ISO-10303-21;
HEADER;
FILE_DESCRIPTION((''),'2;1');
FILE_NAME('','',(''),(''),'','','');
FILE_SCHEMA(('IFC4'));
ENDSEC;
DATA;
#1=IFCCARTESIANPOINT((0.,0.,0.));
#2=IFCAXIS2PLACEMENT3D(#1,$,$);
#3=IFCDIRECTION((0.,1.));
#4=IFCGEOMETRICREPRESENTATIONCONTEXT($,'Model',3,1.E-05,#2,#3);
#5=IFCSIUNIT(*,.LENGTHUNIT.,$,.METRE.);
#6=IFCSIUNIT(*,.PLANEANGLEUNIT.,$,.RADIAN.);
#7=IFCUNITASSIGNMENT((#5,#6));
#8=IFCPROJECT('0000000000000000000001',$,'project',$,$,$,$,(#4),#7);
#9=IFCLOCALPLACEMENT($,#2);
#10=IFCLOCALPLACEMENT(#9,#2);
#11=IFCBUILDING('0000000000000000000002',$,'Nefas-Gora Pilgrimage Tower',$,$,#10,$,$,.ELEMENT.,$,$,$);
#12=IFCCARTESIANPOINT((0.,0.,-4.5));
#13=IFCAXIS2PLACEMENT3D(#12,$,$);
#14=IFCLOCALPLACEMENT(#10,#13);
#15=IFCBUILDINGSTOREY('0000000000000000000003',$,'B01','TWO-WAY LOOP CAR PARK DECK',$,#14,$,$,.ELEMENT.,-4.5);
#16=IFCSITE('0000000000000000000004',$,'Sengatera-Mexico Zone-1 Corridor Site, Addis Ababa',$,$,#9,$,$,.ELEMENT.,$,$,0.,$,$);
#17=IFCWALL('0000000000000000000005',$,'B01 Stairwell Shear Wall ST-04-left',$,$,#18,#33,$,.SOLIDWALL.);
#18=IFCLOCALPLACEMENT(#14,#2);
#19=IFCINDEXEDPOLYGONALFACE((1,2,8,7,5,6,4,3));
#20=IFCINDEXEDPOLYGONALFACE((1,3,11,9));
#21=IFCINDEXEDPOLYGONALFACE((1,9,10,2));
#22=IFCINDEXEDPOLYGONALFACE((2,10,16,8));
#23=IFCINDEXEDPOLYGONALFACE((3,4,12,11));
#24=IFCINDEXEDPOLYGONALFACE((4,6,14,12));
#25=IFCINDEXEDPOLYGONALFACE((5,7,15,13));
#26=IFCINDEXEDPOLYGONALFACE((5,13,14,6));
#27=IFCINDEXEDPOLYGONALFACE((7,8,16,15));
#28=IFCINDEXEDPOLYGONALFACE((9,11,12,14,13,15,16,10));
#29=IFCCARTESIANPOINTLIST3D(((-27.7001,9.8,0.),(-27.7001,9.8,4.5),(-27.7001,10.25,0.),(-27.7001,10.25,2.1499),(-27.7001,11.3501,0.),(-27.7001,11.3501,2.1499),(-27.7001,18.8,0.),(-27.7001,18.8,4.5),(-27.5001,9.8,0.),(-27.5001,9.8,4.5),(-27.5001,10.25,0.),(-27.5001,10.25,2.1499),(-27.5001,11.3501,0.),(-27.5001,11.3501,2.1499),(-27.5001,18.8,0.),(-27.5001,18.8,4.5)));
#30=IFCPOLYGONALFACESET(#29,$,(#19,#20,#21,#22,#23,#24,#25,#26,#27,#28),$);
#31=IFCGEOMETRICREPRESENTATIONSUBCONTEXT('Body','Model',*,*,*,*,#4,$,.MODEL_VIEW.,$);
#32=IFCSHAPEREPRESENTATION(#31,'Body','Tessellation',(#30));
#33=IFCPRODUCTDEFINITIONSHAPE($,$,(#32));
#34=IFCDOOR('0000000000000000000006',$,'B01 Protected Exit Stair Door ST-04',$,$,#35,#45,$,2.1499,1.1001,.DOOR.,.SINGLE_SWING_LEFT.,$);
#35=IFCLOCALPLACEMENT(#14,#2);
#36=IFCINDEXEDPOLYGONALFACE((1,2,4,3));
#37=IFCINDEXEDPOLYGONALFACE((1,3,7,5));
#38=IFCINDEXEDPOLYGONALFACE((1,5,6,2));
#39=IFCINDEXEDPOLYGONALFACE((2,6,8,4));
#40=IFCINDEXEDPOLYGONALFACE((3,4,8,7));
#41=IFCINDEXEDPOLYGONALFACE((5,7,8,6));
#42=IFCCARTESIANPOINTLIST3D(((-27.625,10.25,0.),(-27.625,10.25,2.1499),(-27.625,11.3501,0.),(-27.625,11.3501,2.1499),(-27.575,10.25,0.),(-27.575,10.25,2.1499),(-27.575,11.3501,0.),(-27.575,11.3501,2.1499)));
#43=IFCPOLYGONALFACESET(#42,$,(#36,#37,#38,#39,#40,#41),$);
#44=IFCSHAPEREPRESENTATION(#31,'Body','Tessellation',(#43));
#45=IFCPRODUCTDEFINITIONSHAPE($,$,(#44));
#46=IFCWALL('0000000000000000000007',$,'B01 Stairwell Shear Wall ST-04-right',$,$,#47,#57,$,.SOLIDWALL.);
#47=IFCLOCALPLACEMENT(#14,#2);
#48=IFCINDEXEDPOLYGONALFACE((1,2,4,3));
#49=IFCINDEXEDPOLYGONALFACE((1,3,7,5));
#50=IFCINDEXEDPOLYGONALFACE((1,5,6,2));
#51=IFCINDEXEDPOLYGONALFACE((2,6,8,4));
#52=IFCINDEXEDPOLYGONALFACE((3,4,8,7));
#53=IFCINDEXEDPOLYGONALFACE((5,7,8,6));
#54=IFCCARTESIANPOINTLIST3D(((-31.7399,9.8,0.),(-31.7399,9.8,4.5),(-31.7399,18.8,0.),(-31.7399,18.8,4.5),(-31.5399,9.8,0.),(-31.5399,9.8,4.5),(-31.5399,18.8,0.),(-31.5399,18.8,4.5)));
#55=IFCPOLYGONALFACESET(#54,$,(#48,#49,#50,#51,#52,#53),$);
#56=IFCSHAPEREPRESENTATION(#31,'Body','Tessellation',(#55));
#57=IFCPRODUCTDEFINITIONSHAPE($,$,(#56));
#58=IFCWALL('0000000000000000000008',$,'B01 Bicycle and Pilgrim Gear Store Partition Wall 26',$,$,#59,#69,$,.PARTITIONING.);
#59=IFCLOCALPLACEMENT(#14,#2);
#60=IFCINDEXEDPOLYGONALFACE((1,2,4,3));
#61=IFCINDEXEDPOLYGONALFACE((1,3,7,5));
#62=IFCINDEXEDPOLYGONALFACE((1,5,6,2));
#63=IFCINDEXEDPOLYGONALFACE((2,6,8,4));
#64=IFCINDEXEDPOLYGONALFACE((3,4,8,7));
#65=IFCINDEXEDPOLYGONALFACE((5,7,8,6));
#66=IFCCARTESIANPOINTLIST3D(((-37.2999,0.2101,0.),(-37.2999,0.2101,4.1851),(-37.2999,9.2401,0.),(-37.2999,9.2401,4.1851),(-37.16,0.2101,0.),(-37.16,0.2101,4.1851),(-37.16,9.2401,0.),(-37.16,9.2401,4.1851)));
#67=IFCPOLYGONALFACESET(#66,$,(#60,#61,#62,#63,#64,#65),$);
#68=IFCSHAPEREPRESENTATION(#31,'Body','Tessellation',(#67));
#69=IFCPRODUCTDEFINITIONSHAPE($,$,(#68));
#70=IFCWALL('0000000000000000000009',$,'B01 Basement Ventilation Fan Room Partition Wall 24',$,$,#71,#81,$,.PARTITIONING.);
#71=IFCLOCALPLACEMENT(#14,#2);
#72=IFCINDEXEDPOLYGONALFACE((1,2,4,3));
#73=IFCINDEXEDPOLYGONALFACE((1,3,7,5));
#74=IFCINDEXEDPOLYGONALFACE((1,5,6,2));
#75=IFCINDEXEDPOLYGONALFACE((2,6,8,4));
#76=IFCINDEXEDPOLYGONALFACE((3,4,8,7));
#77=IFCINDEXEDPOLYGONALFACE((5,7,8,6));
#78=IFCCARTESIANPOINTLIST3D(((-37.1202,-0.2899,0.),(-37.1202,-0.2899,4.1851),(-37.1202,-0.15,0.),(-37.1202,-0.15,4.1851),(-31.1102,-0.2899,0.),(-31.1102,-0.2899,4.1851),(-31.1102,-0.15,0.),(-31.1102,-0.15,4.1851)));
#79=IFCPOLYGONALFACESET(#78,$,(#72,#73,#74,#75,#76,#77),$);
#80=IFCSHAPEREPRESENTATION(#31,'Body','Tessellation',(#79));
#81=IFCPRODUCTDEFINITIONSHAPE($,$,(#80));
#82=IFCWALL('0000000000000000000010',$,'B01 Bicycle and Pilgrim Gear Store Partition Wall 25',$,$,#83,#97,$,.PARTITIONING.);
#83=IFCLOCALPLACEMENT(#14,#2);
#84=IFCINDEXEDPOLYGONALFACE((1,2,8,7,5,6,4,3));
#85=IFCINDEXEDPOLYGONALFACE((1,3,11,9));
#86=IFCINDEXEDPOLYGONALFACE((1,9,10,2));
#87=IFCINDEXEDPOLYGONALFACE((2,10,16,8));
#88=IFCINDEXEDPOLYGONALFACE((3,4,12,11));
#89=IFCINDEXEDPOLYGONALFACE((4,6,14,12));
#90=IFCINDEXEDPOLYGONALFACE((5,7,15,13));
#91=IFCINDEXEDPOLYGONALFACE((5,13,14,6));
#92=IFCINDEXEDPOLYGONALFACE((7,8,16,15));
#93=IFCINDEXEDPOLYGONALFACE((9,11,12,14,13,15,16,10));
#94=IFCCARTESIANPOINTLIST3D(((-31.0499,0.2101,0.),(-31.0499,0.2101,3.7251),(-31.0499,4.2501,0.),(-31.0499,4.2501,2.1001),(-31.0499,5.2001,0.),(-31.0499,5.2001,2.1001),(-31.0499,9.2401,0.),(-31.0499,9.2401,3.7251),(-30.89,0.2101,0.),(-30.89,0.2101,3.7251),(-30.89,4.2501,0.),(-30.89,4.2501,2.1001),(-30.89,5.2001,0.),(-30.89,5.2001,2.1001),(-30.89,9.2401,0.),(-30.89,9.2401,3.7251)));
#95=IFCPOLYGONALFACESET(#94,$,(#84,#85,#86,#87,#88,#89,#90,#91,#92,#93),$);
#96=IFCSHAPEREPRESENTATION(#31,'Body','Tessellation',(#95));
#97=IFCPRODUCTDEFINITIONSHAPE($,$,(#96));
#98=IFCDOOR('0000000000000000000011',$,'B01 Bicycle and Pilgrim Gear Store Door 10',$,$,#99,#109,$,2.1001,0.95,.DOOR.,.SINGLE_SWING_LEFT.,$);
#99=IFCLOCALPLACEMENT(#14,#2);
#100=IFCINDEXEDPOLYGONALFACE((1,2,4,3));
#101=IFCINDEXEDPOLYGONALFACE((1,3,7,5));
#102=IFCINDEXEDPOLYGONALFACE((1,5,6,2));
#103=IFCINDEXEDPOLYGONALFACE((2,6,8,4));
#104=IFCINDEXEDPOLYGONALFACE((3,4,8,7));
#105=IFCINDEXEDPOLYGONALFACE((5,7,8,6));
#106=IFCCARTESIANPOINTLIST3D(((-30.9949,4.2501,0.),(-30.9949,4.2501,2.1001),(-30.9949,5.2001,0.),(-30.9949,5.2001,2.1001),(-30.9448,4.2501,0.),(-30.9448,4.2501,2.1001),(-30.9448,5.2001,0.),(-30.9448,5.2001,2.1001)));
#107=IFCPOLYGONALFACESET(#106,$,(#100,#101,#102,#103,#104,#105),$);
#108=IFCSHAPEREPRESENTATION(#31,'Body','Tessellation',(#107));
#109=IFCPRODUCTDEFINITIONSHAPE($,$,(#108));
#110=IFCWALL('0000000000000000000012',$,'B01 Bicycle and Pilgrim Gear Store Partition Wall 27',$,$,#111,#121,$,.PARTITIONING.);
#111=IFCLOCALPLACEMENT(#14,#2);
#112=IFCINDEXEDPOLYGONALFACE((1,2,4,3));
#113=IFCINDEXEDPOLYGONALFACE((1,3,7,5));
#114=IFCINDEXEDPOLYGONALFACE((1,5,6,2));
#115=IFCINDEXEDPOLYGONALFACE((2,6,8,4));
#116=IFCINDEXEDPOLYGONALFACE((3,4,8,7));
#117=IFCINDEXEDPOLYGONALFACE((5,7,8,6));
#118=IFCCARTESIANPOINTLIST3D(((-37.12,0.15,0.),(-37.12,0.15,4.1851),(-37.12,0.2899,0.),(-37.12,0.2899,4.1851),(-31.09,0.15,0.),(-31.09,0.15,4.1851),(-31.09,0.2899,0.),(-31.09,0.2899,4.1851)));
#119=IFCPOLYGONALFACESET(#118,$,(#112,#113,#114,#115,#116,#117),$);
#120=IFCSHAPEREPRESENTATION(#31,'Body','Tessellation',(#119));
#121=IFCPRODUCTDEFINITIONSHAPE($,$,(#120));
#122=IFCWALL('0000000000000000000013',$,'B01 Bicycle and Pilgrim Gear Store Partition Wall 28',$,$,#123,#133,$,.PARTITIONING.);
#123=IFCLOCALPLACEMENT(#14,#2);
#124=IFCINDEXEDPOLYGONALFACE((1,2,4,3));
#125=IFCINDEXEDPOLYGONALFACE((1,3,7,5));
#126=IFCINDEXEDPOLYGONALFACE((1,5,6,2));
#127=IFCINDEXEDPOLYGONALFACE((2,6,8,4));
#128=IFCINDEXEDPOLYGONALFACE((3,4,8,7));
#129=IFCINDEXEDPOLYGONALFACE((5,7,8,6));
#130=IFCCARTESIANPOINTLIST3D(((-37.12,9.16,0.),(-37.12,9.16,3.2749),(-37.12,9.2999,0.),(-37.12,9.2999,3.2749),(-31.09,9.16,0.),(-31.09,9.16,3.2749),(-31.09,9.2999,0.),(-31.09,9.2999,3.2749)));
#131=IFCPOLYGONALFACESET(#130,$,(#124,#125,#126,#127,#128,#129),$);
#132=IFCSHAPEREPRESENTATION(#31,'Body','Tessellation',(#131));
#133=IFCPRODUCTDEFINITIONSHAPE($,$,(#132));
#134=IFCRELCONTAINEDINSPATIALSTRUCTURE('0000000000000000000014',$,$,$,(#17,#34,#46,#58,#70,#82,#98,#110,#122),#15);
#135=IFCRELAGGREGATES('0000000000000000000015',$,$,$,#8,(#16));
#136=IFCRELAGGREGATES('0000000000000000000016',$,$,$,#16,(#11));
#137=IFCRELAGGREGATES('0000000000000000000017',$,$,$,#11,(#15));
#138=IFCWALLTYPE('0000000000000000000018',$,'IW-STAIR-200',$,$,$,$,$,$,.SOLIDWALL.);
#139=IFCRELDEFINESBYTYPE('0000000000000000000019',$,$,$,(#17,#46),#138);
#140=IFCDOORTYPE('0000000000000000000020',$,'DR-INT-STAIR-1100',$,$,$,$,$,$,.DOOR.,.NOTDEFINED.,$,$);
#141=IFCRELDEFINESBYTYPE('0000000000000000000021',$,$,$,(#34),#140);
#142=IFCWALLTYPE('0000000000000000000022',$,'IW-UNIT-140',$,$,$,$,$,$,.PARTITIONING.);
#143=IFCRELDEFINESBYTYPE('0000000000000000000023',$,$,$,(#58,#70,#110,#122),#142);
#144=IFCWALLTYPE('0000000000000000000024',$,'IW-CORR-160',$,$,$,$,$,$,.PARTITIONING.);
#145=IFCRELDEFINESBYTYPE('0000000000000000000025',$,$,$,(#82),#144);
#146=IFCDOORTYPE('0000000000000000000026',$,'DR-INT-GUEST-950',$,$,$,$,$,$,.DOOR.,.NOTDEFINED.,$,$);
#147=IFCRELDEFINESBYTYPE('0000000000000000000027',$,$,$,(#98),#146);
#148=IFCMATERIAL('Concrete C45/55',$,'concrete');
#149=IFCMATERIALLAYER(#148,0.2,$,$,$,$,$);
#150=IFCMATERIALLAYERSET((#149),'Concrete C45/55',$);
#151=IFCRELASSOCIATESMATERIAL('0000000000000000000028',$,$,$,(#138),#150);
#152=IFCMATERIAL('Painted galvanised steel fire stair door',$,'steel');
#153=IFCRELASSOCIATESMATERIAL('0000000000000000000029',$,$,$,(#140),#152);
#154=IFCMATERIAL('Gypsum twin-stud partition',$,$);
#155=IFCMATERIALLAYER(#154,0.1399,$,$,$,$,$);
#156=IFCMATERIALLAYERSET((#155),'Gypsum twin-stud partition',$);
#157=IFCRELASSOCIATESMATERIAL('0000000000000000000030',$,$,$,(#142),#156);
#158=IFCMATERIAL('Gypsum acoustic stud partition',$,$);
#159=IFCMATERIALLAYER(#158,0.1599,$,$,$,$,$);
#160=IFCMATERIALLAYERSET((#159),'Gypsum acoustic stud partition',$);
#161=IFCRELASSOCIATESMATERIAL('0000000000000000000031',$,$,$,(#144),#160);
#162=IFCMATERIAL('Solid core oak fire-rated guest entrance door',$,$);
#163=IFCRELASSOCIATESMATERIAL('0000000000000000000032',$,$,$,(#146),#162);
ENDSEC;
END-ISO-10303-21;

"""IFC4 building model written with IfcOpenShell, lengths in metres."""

from ifc_helpers import new_model, si_unit, direction, frame, frame_2d, origin, place, context, subcontext, project, spatial, rectangle, extrude, source, transform, mapped, material, layer, layer_set, type_object, element, fill, save


model = new_model("IFC4")

# Units and contexts
model_context = context("Model", 3, precision=1e-05, world=origin(), true_north=direction((0.0, 1.0)))
body_context = subcontext(model_context, "Body", "Model", "MODEL_VIEW")
ifc_project = project(units=[si_unit("LENGTHUNIT", "METRE"), si_unit("PLANEANGLEUNIT", "RADIAN")], contexts=[model_context])

# Site, building, storey
site_placement = place(None, origin())
site = spatial("IfcSite", under=ifc_project, at=site_placement, Name="Sengatera-Mexico Zone-1 Corridor Site, Addis Ababa", CompositionType="ELEMENT", RefElevation=0.0)
building_placement = place(site_placement, origin())
building = spatial("IfcBuilding", under=site, at=building_placement, Name="Nefas-Gora Pilgrimage Tower", CompositionType="ELEMENT")
storey_placement = place(building_placement, frame((0.0, 0.0, -4.5)))
storey = spatial("IfcBuildingStorey", under=building, at=storey_placement, Name="B01", Description="TWO-WAY LOOP CAR PARK DECK", CompositionType="ELEMENT", Elevation=-4.5)

# Shared definitions
ifc_material_1 = material(Name="Concrete C45/55", Category="concrete")
ifc_layer_1 = layer(ifc_material_1, 0.2)
ifc_layer_set_1 = layer_set([ifc_layer_1], Name="Concrete C45/55")
wall_type_1 = type_object("IfcWallType", Name="IW-STAIR-200", PredefinedType="SOLIDWALL", material=ifc_layer_set_1)

# Wall, opening, door
shared_shape_1 = source(origin(), body_context, "Body", "SweptSolid", [
    extrude(rectangle(XDim=9.0, YDim=0.2, at=frame_2d((4.5, 0.0))), origin(), (0.0, 0.0, 1.0), 4.5),
])
wall_1_placement = place(storey_placement, frame((-27.6001, 9.8, 0.0), z_axis=(0.0, 0.0, 1.0), x_axis=(0.0, 1.0, 0.0)))
wall_1 = element("IfcWall", 1, at=wall_1_placement, inside=storey, type_object=wall_type_1, Name="B01 Stairwell Shear Wall ST-04-left", PredefinedType="SOLIDWALL", context=body_context, shape_type="MappedRepresentation", body=[
    mapped(shared_shape_1, transform((0.0, 0.0, 0.0), x_axis=(1.0, 0.0, 0.0), y_axis=(0.0, 1.0, 0.0), z_axis=(0.0, 0.0, 1.0), scale=1.0)),
])
opening_1_placement = place(wall_1_placement, frame((0.45, 0.0, 0.0)))
opening_1 = element("IfcOpeningElement", 2, at=opening_1_placement, cuts=wall_1, PredefinedType="OPENING", context=body_context, shape_type="SweptSolid", body=[
    extrude(rectangle(XDim=1.1001, YDim=2.1499, at=frame_2d((0.55, 1.075))), frame((0.0, 0.1099, 0.0), z_axis=(0.0, -1.0, 0.0), x_axis=(1.0, 0.0, 0.0)), (0.0, 0.0, 1.0), 0.22),
])
ifc_material_2 = material(Name="Painted galvanised steel fire stair door", Category="steel")
door_type_1 = type_object("IfcDoorType", Name="DR-INT-STAIR-1100", OperationType="NOTDEFINED", PredefinedType="DOOR", material=ifc_material_2)
shared_shape_2 = source(origin(), body_context, "Body", "SweptSolid", [
    extrude(rectangle(XDim=1.1001, YDim=2.1499, at=frame_2d((0.55, 1.075))), frame((0.0, 0.0249, 0.0), z_axis=(0.0, -1.0, 0.0), x_axis=(1.0, 0.0, 0.0)), (0.0, 0.0, 1.0), 0.05),
])
door_1_placement = place(opening_1_placement, origin())
door_1 = element("IfcDoor", 3, at=door_1_placement, inside=storey, type_object=door_type_1, Name="B01 Protected Exit Stair Door ST-04", OperationType="SINGLE_SWING_LEFT", OverallHeight=2.1499, OverallWidth=1.1001, PredefinedType="DOOR", context=body_context, shape_type="MappedRepresentation", body=[
    mapped(shared_shape_2, transform((0.0, 0.0, 0.0), x_axis=(1.0, 0.0, 0.0), y_axis=(0.0, 1.0, 0.0), z_axis=(0.0, 0.0, 1.0), scale=1.0)),
])
fill(opening_1, door_1)

# Walls
wall_2_placement = place(storey_placement, frame((-31.6399, 9.8, 0.0), z_axis=(0.0, 0.0, 1.0), x_axis=(0.0, 1.0, 0.0)))
element("IfcWall", 4, at=wall_2_placement, inside=storey, type_object=wall_type_1, Name="B01 Stairwell Shear Wall ST-04-right", PredefinedType="SOLIDWALL", context=body_context, shape_type="MappedRepresentation", body=[
    mapped(shared_shape_1, transform((0.0, 0.0, 0.0), x_axis=(1.0, 0.0, 0.0), y_axis=(0.0, 1.0, 0.0), z_axis=(0.0, 0.0, 1.0), scale=1.0)),
])
ifc_material_3 = material(Name="Gypsum twin-stud partition")
ifc_layer_2 = layer(ifc_material_3, 0.1399)
ifc_layer_set_2 = layer_set([ifc_layer_2], Name="Gypsum twin-stud partition")
wall_type_2 = type_object("IfcWallType", Name="IW-UNIT-140", PredefinedType="PARTITIONING", material=ifc_layer_set_2)
shared_shape_3 = source(origin(), body_context, "Body", "SweptSolid", [
    extrude(rectangle(XDim=9.03, YDim=0.1399, at=frame_2d((4.5151, 0.0))), origin(), (0.0, 0.0, 1.0), 4.1851),
])
wall_3_placement = place(storey_placement, frame((-37.23, 0.21, 0.0), z_axis=(0.0, 0.0, 1.0), x_axis=(0.0, 1.0, 0.0)))
element("IfcWall", 5, at=wall_3_placement, inside=storey, type_object=wall_type_2, Name="B01 Bicycle and Pilgrim Gear Store Partition Wall 26", PredefinedType="PARTITIONING", context=body_context, shape_type="MappedRepresentation", body=[
    mapped(shared_shape_3, transform((0.0, 0.0, 0.0), x_axis=(1.0, 0.0, 0.0), y_axis=(0.0, 1.0, 0.0), z_axis=(0.0, 0.0, 1.0), scale=1.0)),
])
shared_shape_4 = source(origin(), body_context, "Body", "SweptSolid", [
    extrude(rectangle(XDim=6.01, YDim=0.1399, at=frame_2d((3.0049, 0.0))), origin(), (0.0, 0.0, 1.0), 4.1851),
])
wall_4_placement = place(storey_placement, frame((-37.1201, -0.22, 0.0), z_axis=(0.0, 0.0, 1.0), x_axis=(1.0, 0.0, 0.0)))
element("IfcWall", 6, at=wall_4_placement, inside=storey, type_object=wall_type_2, Name="B01 Basement Ventilation Fan Room Partition Wall 24", PredefinedType="PARTITIONING", context=body_context, shape_type="MappedRepresentation", body=[
    mapped(shared_shape_4, transform((0.0, 0.0, 0.0), x_axis=(1.0, 0.0, 0.0), y_axis=(0.0, 1.0, 0.0), z_axis=(0.0, 0.0, 1.0), scale=1.0)),
])

# Wall, opening, door
ifc_material_4 = material(Name="Gypsum acoustic stud partition")
ifc_layer_3 = layer(ifc_material_4, 0.1599)
ifc_layer_set_3 = layer_set([ifc_layer_3], Name="Gypsum acoustic stud partition")
wall_type_3 = type_object("IfcWallType", Name="IW-CORR-160", PredefinedType="PARTITIONING", material=ifc_layer_set_3)
shared_shape_5 = source(origin(), body_context, "Body", "SweptSolid", [
    extrude(rectangle(XDim=9.03, YDim=0.1599, at=frame_2d((4.5151, 0.0))), origin(), (0.0, 0.0, 1.0), 3.7251),
])
wall_5_placement = place(storey_placement, frame((-30.97, 0.21, 0.0), z_axis=(0.0, 0.0, 1.0), x_axis=(0.0, 1.0, 0.0)))
wall_5 = element("IfcWall", 7, at=wall_5_placement, inside=storey, type_object=wall_type_3, Name="B01 Bicycle and Pilgrim Gear Store Partition Wall 25", PredefinedType="PARTITIONING", context=body_context, shape_type="MappedRepresentation", body=[
    mapped(shared_shape_5, transform((0.0, 0.0, 0.0), x_axis=(1.0, 0.0, 0.0), y_axis=(0.0, 1.0, 0.0), z_axis=(0.0, 0.0, 1.0), scale=1.0)),
])
opening_2_placement = place(wall_5_placement, frame((4.04, 0.0, 0.0)))
opening_2 = element("IfcOpeningElement", 8, at=opening_2_placement, cuts=wall_5, PredefinedType="OPENING", context=body_context, shape_type="SweptSolid", body=[
    extrude(rectangle(XDim=0.95, YDim=2.1001, at=frame_2d((0.4751, 1.05))), frame((0.0, 0.0898, 0.0), z_axis=(0.0, -1.0, 0.0), x_axis=(1.0, 0.0, 0.0)), (0.0, 0.0, 1.0), 0.1799),
])
ifc_material_5 = material(Name="Solid core oak fire-rated guest entrance door")
door_type_2 = type_object("IfcDoorType", Name="DR-INT-GUEST-950", OperationType="NOTDEFINED", PredefinedType="DOOR", material=ifc_material_5)
shared_shape_6 = source(origin(), body_context, "Body", "SweptSolid", [
    extrude(rectangle(XDim=0.95, YDim=2.1001, at=frame_2d((0.4751, 1.05))), frame((0.0, 0.0249, 0.0), z_axis=(0.0, -1.0, 0.0), x_axis=(1.0, 0.0, 0.0)), (0.0, 0.0, 1.0), 0.05),
])
door_2_placement = place(opening_2_placement, origin())
door_2 = element("IfcDoor", 9, at=door_2_placement, inside=storey, type_object=door_type_2, Name="B01 Bicycle and Pilgrim Gear Store Door 10", OperationType="SINGLE_SWING_LEFT", OverallHeight=2.1001, OverallWidth=0.95, PredefinedType="DOOR", context=body_context, shape_type="MappedRepresentation", body=[
    mapped(shared_shape_6, transform((0.0, 0.0, 0.0), x_axis=(1.0, 0.0, 0.0), y_axis=(0.0, 1.0, 0.0), z_axis=(0.0, 0.0, 1.0), scale=1.0)),
])
fill(opening_2, door_2)

# Walls
shared_shape_7 = source(origin(), body_context, "Body", "SweptSolid", [
    extrude(rectangle(XDim=6.03, YDim=0.1399, at=frame_2d((3.0151, 0.0))), origin(), (0.0, 0.0, 1.0), 4.1851),
])
wall_6_placement = place(storey_placement, frame((-37.1201, 0.22, 0.0), z_axis=(0.0, 0.0, 1.0), x_axis=(1.0, 0.0, 0.0)))
element("IfcWall", 10, at=wall_6_placement, inside=storey, type_object=wall_type_2, Name="B01 Bicycle and Pilgrim Gear Store Partition Wall 27", PredefinedType="PARTITIONING", context=body_context, shape_type="MappedRepresentation", body=[
    mapped(shared_shape_7, transform((0.0, 0.0, 0.0), x_axis=(1.0, 0.0, 0.0), y_axis=(0.0, 1.0, 0.0), z_axis=(0.0, 0.0, 1.0), scale=1.0)),
])
shared_shape_8 = source(origin(), body_context, "Body", "SweptSolid", [
    extrude(rectangle(XDim=6.03, YDim=0.1399, at=frame_2d((3.0151, 0.0))), origin(), (0.0, 0.0, 1.0), 3.2749),
])
wall_7_placement = place(storey_placement, frame((-37.1201, 9.23, 0.0), z_axis=(0.0, 0.0, 1.0), x_axis=(1.0, 0.0, 0.0)))
element("IfcWall", 11, at=wall_7_placement, inside=storey, type_object=wall_type_2, Name="B01 Bicycle and Pilgrim Gear Store Partition Wall 28", PredefinedType="PARTITIONING", context=body_context, shape_type="MappedRepresentation", body=[
    mapped(shared_shape_8, transform((0.0, 0.0, 0.0), x_axis=(1.0, 0.0, 0.0), y_axis=(0.0, 1.0, 0.0), z_axis=(0.0, 0.0, 1.0), scale=1.0)),
])

save(model, "model.ifc")
